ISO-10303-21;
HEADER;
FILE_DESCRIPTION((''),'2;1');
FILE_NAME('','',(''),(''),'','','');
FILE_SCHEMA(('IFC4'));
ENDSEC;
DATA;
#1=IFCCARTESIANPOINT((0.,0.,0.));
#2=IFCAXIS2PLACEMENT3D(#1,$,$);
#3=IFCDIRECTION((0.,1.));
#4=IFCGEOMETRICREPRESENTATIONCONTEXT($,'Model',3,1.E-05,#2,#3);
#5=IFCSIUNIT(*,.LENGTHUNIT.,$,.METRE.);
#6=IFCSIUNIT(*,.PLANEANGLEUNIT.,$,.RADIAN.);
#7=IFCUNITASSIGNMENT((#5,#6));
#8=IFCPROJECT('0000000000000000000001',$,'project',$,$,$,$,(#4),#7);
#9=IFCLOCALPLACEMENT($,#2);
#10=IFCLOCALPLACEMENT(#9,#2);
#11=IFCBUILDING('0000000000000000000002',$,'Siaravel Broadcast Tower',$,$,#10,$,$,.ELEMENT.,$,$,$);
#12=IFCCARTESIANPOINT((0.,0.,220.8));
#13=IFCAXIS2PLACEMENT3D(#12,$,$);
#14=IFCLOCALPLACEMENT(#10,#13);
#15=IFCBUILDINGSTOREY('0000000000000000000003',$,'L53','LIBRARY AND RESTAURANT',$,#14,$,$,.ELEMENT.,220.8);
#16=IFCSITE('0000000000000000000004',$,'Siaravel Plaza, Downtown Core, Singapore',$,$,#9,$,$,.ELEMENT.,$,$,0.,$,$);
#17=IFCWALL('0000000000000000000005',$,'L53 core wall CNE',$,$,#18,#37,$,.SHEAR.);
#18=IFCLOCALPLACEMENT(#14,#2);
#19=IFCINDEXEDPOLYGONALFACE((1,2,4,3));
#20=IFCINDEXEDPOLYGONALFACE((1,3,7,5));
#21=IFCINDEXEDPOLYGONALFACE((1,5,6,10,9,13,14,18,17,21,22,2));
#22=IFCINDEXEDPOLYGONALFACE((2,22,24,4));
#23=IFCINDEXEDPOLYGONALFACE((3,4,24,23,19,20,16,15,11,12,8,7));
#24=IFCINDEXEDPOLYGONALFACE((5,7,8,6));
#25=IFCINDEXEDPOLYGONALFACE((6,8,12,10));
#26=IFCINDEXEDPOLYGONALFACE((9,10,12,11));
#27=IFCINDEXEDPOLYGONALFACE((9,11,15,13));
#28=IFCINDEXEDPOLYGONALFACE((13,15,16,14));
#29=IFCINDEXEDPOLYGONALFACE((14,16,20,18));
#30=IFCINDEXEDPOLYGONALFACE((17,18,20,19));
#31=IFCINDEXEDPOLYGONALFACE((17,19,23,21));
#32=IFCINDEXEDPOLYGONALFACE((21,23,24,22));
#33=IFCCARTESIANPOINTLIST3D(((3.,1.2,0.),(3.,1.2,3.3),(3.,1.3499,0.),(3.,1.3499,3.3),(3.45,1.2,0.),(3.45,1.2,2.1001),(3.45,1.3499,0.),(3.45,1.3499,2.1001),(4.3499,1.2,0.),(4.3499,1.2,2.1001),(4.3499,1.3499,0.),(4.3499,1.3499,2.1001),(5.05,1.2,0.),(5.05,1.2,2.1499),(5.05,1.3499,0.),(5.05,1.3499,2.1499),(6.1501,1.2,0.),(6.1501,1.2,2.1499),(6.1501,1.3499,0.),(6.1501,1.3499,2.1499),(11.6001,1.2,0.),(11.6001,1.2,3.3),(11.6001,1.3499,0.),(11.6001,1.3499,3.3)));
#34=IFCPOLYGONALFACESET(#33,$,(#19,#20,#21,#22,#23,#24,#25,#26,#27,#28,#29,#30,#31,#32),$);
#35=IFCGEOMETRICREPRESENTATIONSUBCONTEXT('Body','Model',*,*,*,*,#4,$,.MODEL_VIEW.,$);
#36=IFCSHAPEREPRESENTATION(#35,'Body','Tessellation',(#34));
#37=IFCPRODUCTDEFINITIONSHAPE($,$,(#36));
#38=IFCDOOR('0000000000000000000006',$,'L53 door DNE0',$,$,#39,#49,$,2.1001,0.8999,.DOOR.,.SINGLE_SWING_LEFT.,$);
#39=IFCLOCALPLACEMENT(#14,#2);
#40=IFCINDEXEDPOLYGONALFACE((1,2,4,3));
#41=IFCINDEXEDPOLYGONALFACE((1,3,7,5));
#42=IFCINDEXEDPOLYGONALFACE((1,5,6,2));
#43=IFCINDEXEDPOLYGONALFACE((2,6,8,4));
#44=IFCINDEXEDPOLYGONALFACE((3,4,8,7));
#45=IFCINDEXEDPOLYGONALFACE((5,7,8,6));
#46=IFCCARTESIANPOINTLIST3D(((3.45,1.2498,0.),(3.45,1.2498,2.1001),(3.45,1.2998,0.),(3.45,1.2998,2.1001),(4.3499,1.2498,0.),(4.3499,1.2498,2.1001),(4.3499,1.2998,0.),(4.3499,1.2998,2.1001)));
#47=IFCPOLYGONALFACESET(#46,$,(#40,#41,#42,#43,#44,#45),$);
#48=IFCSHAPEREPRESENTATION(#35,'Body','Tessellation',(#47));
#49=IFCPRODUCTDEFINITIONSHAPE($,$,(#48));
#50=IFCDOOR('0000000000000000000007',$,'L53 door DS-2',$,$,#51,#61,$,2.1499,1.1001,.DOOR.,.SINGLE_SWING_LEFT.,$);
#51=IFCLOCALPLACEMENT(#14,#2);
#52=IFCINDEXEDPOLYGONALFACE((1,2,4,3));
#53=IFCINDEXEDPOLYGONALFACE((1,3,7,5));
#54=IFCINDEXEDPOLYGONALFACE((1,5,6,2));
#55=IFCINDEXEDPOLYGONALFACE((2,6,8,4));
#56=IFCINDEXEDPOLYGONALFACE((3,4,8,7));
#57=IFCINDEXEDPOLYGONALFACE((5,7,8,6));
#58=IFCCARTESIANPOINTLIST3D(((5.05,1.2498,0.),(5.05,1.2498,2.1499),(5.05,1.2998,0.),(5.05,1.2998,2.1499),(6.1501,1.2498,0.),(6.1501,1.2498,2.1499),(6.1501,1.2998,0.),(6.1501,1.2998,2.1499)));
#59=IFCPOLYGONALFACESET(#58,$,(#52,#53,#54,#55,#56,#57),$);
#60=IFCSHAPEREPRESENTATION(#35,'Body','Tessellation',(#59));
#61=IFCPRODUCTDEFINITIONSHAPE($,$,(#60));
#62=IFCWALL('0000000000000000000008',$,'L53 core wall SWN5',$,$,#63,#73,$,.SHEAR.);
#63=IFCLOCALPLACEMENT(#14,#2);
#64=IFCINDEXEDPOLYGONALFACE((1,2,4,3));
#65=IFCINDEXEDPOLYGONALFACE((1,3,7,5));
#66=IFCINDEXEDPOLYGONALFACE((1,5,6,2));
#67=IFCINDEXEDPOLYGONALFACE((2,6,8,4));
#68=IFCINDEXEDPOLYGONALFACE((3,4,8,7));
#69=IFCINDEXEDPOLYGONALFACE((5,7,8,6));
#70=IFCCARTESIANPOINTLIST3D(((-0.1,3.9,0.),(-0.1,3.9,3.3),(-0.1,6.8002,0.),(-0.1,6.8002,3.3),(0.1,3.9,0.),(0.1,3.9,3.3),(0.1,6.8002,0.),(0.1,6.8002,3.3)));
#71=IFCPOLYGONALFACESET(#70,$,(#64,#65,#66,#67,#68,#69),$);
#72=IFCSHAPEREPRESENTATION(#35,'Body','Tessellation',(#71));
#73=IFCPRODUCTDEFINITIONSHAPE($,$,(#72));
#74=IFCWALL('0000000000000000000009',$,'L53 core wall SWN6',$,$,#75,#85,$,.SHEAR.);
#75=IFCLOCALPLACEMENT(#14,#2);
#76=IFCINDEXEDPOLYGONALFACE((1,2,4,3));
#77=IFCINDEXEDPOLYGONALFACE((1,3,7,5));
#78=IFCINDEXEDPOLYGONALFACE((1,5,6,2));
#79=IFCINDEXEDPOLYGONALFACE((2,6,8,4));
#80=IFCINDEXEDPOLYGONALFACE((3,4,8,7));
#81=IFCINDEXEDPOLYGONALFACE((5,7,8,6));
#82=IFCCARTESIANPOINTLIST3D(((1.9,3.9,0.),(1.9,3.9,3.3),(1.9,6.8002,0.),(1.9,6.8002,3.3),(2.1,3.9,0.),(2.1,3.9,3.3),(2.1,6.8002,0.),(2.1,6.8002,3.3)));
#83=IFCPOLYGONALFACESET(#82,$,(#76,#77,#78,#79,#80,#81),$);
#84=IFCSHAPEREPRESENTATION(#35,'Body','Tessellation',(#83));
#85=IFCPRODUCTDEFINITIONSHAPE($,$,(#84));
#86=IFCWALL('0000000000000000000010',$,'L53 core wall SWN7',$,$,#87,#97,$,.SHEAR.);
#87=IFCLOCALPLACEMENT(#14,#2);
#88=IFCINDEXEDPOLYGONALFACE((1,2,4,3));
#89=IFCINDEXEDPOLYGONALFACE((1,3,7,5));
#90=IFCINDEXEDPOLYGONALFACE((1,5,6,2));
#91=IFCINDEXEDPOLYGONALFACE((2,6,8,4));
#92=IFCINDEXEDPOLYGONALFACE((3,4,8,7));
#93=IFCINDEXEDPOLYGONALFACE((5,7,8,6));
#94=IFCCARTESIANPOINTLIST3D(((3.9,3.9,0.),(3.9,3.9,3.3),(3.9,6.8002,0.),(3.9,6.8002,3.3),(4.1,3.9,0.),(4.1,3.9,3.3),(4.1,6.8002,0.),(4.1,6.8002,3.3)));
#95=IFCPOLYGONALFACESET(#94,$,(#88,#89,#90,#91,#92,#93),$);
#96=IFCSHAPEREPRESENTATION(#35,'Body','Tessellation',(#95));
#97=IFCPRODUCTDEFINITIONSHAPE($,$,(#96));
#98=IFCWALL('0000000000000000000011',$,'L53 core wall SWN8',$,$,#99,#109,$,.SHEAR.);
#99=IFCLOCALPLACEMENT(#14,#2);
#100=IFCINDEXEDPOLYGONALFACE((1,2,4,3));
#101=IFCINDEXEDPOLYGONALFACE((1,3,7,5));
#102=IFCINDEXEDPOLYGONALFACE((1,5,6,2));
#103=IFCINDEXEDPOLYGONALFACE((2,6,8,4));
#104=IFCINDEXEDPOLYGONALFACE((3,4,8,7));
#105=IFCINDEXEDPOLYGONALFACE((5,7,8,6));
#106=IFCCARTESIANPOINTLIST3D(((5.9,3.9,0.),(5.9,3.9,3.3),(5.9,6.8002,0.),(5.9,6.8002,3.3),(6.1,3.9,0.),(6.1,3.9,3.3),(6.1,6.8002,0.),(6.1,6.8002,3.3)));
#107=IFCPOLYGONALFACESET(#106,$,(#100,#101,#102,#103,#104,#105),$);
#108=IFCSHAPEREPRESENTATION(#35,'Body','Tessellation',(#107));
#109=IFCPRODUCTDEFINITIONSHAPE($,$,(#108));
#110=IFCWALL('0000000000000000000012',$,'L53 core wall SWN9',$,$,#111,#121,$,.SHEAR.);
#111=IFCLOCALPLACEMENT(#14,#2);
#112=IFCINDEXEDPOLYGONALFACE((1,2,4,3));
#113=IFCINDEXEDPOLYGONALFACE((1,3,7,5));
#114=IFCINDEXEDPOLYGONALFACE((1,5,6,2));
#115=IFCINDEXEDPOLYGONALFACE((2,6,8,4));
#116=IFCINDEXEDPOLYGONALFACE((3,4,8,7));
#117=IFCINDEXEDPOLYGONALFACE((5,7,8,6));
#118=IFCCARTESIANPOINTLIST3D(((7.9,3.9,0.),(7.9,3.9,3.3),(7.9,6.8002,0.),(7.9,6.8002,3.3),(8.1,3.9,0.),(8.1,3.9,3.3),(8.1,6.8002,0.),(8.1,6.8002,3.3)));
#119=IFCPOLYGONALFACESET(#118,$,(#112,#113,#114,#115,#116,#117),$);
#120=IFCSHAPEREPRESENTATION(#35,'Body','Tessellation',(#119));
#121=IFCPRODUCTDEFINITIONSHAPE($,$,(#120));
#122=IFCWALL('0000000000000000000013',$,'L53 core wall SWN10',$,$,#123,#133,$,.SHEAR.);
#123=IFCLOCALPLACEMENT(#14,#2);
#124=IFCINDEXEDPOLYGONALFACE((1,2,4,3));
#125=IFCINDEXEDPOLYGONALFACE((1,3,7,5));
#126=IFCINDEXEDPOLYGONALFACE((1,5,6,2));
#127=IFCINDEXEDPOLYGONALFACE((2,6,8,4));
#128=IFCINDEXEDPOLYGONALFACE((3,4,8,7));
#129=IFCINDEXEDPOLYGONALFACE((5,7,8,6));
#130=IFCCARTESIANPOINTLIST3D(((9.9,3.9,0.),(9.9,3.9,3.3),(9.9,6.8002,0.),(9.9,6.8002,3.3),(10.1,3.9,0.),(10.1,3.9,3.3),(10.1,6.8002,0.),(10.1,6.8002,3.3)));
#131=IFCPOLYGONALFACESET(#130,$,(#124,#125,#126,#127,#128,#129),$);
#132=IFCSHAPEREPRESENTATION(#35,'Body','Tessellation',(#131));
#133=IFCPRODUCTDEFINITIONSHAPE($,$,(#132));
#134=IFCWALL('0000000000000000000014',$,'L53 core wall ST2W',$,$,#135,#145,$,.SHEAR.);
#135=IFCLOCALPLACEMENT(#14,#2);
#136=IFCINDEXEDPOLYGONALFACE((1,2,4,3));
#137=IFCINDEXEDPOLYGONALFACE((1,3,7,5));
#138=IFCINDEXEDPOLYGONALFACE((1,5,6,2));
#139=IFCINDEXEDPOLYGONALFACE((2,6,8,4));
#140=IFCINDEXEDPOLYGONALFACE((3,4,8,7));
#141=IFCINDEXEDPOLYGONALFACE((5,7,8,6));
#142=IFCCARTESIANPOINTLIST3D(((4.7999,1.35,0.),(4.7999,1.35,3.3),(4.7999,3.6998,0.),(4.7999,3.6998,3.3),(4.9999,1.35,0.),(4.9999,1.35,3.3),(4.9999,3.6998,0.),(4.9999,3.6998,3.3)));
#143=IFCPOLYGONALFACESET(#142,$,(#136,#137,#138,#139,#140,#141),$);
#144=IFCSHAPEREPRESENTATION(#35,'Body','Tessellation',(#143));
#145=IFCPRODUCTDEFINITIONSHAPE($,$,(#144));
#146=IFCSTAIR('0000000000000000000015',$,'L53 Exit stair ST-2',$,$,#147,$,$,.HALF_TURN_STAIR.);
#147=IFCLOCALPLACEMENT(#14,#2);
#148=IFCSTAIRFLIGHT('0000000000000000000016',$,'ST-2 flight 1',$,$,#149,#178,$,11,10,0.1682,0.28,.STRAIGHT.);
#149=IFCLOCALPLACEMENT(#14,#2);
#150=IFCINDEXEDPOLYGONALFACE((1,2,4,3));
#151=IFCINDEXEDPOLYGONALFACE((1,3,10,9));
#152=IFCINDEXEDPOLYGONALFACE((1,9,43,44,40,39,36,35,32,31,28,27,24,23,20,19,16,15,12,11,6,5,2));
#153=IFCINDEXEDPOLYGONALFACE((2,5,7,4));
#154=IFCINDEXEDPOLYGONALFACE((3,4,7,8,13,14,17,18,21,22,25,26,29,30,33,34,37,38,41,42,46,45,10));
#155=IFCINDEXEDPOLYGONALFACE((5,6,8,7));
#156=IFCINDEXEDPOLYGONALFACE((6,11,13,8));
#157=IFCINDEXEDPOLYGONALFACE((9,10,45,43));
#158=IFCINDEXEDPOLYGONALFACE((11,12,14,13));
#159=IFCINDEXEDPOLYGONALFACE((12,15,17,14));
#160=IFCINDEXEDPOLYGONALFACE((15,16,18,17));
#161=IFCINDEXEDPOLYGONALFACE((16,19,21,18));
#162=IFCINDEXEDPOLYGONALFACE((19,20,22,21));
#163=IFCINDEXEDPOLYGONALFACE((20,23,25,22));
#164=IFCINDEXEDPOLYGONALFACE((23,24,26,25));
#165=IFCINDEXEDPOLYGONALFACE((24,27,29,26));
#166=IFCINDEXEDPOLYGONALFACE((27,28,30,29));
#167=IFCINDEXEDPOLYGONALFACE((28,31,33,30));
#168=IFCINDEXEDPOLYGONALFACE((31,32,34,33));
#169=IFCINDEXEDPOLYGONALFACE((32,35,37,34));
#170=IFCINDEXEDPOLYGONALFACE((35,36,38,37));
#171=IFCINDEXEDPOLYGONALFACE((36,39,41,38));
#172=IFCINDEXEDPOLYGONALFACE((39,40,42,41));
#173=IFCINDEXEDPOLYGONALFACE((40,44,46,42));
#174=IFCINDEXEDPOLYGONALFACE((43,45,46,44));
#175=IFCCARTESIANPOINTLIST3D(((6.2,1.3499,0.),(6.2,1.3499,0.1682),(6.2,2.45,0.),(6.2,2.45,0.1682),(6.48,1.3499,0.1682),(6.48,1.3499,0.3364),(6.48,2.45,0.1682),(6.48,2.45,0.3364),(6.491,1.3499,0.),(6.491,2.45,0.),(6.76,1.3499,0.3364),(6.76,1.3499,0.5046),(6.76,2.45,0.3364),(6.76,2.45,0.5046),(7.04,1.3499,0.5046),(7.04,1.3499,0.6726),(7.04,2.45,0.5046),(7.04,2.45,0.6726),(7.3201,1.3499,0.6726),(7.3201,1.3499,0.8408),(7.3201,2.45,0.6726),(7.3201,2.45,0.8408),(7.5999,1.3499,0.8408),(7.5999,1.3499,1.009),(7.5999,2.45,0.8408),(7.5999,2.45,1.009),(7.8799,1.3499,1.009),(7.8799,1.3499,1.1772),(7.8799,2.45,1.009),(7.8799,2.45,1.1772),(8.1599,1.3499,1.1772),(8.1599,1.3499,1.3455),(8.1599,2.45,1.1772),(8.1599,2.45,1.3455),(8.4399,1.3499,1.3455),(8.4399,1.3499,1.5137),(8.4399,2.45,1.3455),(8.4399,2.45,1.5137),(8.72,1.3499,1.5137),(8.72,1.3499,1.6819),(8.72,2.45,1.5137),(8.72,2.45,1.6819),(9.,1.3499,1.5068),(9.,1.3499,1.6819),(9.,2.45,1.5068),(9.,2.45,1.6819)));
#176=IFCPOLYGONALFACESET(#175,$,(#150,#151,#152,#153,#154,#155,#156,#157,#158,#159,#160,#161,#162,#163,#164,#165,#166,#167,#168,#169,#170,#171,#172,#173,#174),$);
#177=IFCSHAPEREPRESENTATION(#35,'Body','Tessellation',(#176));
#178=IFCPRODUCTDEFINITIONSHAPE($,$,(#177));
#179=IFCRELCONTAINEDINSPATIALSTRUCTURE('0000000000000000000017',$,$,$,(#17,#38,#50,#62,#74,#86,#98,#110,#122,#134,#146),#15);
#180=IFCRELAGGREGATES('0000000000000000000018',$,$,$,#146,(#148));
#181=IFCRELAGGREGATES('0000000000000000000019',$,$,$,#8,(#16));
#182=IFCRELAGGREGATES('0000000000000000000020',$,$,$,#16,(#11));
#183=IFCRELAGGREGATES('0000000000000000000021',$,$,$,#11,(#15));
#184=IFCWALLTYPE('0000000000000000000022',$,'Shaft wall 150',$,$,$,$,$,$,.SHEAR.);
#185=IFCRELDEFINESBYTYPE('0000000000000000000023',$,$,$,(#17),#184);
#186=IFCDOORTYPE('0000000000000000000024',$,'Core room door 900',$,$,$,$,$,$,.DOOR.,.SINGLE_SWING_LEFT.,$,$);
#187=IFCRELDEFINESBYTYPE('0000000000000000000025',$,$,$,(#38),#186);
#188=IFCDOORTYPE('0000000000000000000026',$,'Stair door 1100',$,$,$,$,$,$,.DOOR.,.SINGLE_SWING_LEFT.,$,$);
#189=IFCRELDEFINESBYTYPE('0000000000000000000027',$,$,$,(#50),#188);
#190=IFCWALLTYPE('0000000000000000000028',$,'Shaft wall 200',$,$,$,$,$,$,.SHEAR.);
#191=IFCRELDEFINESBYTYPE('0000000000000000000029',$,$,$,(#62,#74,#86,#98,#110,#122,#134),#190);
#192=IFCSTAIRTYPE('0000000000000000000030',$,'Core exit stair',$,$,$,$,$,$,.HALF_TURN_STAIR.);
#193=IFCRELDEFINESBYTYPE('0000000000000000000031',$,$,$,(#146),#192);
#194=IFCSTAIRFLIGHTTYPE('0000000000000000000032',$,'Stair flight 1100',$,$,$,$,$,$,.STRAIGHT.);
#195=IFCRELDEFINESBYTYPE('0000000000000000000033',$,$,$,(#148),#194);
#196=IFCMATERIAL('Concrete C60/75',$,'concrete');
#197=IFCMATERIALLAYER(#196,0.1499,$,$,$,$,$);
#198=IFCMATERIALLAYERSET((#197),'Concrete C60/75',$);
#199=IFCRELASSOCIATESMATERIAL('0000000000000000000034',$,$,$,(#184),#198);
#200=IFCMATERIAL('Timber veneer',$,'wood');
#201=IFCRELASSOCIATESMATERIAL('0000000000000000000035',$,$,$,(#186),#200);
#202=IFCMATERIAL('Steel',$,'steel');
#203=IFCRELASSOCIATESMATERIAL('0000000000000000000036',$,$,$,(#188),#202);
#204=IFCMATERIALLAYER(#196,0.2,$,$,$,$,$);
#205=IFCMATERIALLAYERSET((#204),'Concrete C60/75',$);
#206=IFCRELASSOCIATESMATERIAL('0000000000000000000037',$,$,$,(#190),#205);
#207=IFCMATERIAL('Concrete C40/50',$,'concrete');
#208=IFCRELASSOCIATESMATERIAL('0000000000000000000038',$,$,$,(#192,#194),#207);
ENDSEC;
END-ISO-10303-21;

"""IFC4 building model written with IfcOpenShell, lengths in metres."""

from ifc_helpers import new_model, si_unit, direction, frame, frame_2d, origin, place, context, subcontext, project, spatial, polyline, rectangle, outline, extrude, material, layer, layer_set, type_object, element, fill, aggregate, save


model = new_model("IFC4")

# Units and contexts
model_context = context("Model", 3, precision=1e-05, world=origin(), true_north=direction((0.0, 1.0)))
body_context = subcontext(model_context, "Body", "Model", "MODEL_VIEW")
ifc_project = project(units=[si_unit("LENGTHUNIT", "METRE"), si_unit("PLANEANGLEUNIT", "RADIAN")], contexts=[model_context])

# Site, building, storey
site_placement = place(None, origin())
site = spatial("IfcSite", under=ifc_project, at=site_placement, Name="Siaravel Plaza, Downtown Core, Singapore", CompositionType="ELEMENT", RefElevation=0.0)
building_placement = place(site_placement, origin())
building = spatial("IfcBuilding", under=site, at=building_placement, Name="Siaravel Broadcast Tower", CompositionType="ELEMENT")
storey_placement = place(building_placement, frame((0.0, 0.0, 220.8)))
storey = spatial("IfcBuildingStorey", under=building, at=storey_placement, Name="L53", Description="LIBRARY AND RESTAURANT", CompositionType="ELEMENT", Elevation=220.8)

# Shared definitions
ifc_material_1 = material(Name="Steel", Category="steel")

# Wall, openings, doors
ifc_material_2 = material(Name="Concrete C60/75", Category="concrete")
ifc_layer_1 = layer(ifc_material_2, 0.1499)
ifc_layer_set_1 = layer_set([ifc_layer_1], Name="Concrete C60/75")
wall_type_1 = type_object("IfcWallType", Name="Shaft wall 150", PredefinedType="SHEAR", material=ifc_layer_set_1)
wall_1_placement = place(storey_placement, frame((3.0, 1.2749, 0.0), z_axis=(0.0, 0.0, 1.0), x_axis=(1.0, 0.0, 0.0)))
wall_1 = element("IfcWall", 1, at=wall_1_placement, inside=storey, type_object=wall_type_1, Name="L53 core wall CNE", PredefinedType="SHEAR", context=body_context, shape_type="SweptSolid", body=[
    extrude(rectangle(XDim=8.6001, YDim=0.1499, at=frame_2d((4.3, 0.0))), origin(), (0.0, 0.0, 1.0), 3.3),
])
opening_1_placement = place(wall_1_placement, frame((2.05, 0.0, 0.0)))
opening_1 = element("IfcOpeningElement", 2, at=opening_1_placement, cuts=wall_1, PredefinedType="OPENING", context=body_context, shape_type="SweptSolid", body=[
    extrude(rectangle(XDim=1.1001, YDim=2.1499, at=frame_2d((0.55, 1.075))), frame((0.0, 0.085, 0.0), z_axis=(0.0, -1.0, 0.0), x_axis=(1.0, 0.0, 0.0)), (0.0, 0.0, 1.0), 0.1699),
])
opening_2_placement = place(wall_1_placement, frame((0.45, 0.0, 0.0)))
opening_2 = element("IfcOpeningElement", 3, at=opening_2_placement, cuts=wall_1, PredefinedType="OPENING", context=body_context, shape_type="SweptSolid", body=[
    extrude(rectangle(XDim=0.8999, YDim=2.1001, at=frame_2d((0.45, 1.05))), frame((0.0, 0.085, 0.0), z_axis=(0.0, -1.0, 0.0), x_axis=(1.0, 0.0, 0.0)), (0.0, 0.0, 1.0), 0.1699),
])
ifc_material_3 = material(Name="Timber veneer", Category="wood")
door_type_1 = type_object("IfcDoorType", Name="Core room door 900", OperationType="SINGLE_SWING_LEFT", PredefinedType="DOOR", material=ifc_material_3)
door_1_placement = place(opening_2_placement, origin())
door_1 = element("IfcDoor", 4, at=door_1_placement, inside=storey, type_object=door_type_1, Name="L53 door DNE0", OperationType="SINGLE_SWING_LEFT", OverallHeight=2.1001, OverallWidth=0.8999, PredefinedType="DOOR", context=body_context, shape_type="SweptSolid", body=[
    extrude(rectangle(XDim=0.8999, YDim=2.1001, at=frame_2d((0.45, 1.05))), frame((0.0, 0.0249, 0.0), z_axis=(0.0, -1.0, 0.0), x_axis=(1.0, 0.0, 0.0)), (0.0, 0.0, 1.0), 0.05),
])
fill(opening_2, door_1)
door_type_2 = type_object("IfcDoorType", Name="Stair door 1100", OperationType="SINGLE_SWING_LEFT", PredefinedType="DOOR", material=ifc_material_1)
door_2_placement = place(opening_1_placement, origin())
door_2 = element("IfcDoor", 5, at=door_2_placement, inside=storey, type_object=door_type_2, Name="L53 door DS-2", OperationType="SINGLE_SWING_LEFT", OverallHeight=2.1499, OverallWidth=1.1001, PredefinedType="DOOR", context=body_context, shape_type="SweptSolid", body=[
    extrude(rectangle(XDim=1.1001, YDim=2.1499, at=frame_2d((0.55, 1.075))), frame((0.0, 0.0249, 0.0), z_axis=(0.0, -1.0, 0.0), x_axis=(1.0, 0.0, 0.0)), (0.0, 0.0, 1.0), 0.05),
])
fill(opening_1, door_2)

# Walls
ifc_layer_2 = layer(ifc_material_2, 0.2)
ifc_layer_set_2 = layer_set([ifc_layer_2], Name="Concrete C60/75")
wall_type_2 = type_object("IfcWallType", Name="Shaft wall 200", PredefinedType="SHEAR", material=ifc_layer_set_2)
for number, where, z_axis, x_axis, name in (
    (6, (0.0, 3.8999, 0.0), (0.0, 0.0, 1.0), (0.0, 1.0, 0.0), "L53 core wall SWN5"),
    (7, (2.0, 3.8999, 0.0), (0.0, 0.0, 1.0), (0.0, 1.0, 0.0), "L53 core wall SWN6"),
    (8, (4.0, 3.8999, 0.0), (0.0, 0.0, 1.0), (0.0, 1.0, 0.0), "L53 core wall SWN7"),
    (9, (6.0, 3.8999, 0.0), (0.0, 0.0, 1.0), (0.0, 1.0, 0.0), "L53 core wall SWN8"),
    (10, (8.0, 3.8999, 0.0), (0.0, 0.0, 1.0), (0.0, 1.0, 0.0), "L53 core wall SWN9"),
    (11, (10.0, 3.8999, 0.0), (0.0, 0.0, 1.0), (0.0, 1.0, 0.0), "L53 core wall SWN10"),
):
    element("IfcWall", number, at=place(storey_placement, frame(where, z_axis=z_axis, x_axis=x_axis)), inside=storey, type_object=wall_type_2, Name=name, PredefinedType="SHEAR", context=body_context, shape_type="SweptSolid", body=[
        extrude(rectangle(XDim=2.9001, YDim=0.2, at=frame_2d((1.4502, 0.0))), origin(), (0.0, 0.0, 1.0), 3.3),
    ])
wall_2_placement = place(storey_placement, frame((4.8999, 1.3501, 0.0), z_axis=(0.0, 0.0, 1.0), x_axis=(0.0, 1.0, 0.0)))
element("IfcWall", 12, at=wall_2_placement, inside=storey, type_object=wall_type_2, Name="L53 core wall ST2W", PredefinedType="SHEAR", context=body_context, shape_type="SweptSolid", body=[
    extrude(rectangle(XDim=2.3499, YDim=0.2, at=frame_2d((1.1748, 0.0))), origin(), (0.0, 0.0, 1.0), 3.3),
])

# Stair, stair flight
ifc_material_4 = material(Name="Concrete C40/50", Category="concrete")
stair_type = type_object("IfcStairType", Name="Core exit stair", PredefinedType="HALF_TURN_STAIR", material=ifc_material_4)
stair_placement = place(storey_placement, origin())
stair = element("IfcStair", 13, at=stair_placement, inside=storey, type_object=stair_type, Name="L53 Exit stair ST-2", PredefinedType="HALF_TURN_STAIR")
stair_flight_type = type_object("IfcStairFlightType", Name="Stair flight 1100", PredefinedType="STRAIGHT", material=ifc_material_4)
stair_flight_1_placement = place(storey_placement, frame((6.2, 1.8999, 0.0), z_axis=(0.0, 0.0, 1.0), x_axis=(1.0, 0.0, 0.0)))
stair_flight_1 = element("IfcStairFlight", 14, at=stair_flight_1_placement, type_object=stair_flight_type, Name="ST-2 flight 1", NumberOfRisers=11, NumberOfTreads=10, PredefinedType="STRAIGHT", RiserHeight=0.1682, TreadLength=0.28, context=body_context, shape_type="SweptSolid", body=[
    extrude(outline(polyline([(0.0, 0.0), (0.0, 0.1682), (0.28, 0.1682), (0.28, 0.3364), (0.5601, 0.3364), (0.5601, 0.5046), (0.8401, 0.5046), (0.8401, 0.6726), (1.1201, 0.6726), (1.1201, 0.8408), (1.3999, 0.8408), (1.3999, 1.009), (1.6799, 1.009), (1.6799, 1.1772), (1.96, 1.1772), (1.96, 1.3455), (2.24, 1.3455), (2.24, 1.5137), (2.52, 1.5137), (2.52, 1.6819), (2.8, 1.6819), (2.8, 1.8501), (2.8, 1.5068), (0.291, 0.0), (0.0, 0.0)])), frame((0.0, 0.55, 0.0), z_axis=(0.0, -1.0, 0.0), x_axis=(1.0, 0.0, 0.0)), (0.0, 0.0, 1.0), 1.1001),
])
aggregate(stair, [stair_flight_1])

save(model, "model.ifc")
